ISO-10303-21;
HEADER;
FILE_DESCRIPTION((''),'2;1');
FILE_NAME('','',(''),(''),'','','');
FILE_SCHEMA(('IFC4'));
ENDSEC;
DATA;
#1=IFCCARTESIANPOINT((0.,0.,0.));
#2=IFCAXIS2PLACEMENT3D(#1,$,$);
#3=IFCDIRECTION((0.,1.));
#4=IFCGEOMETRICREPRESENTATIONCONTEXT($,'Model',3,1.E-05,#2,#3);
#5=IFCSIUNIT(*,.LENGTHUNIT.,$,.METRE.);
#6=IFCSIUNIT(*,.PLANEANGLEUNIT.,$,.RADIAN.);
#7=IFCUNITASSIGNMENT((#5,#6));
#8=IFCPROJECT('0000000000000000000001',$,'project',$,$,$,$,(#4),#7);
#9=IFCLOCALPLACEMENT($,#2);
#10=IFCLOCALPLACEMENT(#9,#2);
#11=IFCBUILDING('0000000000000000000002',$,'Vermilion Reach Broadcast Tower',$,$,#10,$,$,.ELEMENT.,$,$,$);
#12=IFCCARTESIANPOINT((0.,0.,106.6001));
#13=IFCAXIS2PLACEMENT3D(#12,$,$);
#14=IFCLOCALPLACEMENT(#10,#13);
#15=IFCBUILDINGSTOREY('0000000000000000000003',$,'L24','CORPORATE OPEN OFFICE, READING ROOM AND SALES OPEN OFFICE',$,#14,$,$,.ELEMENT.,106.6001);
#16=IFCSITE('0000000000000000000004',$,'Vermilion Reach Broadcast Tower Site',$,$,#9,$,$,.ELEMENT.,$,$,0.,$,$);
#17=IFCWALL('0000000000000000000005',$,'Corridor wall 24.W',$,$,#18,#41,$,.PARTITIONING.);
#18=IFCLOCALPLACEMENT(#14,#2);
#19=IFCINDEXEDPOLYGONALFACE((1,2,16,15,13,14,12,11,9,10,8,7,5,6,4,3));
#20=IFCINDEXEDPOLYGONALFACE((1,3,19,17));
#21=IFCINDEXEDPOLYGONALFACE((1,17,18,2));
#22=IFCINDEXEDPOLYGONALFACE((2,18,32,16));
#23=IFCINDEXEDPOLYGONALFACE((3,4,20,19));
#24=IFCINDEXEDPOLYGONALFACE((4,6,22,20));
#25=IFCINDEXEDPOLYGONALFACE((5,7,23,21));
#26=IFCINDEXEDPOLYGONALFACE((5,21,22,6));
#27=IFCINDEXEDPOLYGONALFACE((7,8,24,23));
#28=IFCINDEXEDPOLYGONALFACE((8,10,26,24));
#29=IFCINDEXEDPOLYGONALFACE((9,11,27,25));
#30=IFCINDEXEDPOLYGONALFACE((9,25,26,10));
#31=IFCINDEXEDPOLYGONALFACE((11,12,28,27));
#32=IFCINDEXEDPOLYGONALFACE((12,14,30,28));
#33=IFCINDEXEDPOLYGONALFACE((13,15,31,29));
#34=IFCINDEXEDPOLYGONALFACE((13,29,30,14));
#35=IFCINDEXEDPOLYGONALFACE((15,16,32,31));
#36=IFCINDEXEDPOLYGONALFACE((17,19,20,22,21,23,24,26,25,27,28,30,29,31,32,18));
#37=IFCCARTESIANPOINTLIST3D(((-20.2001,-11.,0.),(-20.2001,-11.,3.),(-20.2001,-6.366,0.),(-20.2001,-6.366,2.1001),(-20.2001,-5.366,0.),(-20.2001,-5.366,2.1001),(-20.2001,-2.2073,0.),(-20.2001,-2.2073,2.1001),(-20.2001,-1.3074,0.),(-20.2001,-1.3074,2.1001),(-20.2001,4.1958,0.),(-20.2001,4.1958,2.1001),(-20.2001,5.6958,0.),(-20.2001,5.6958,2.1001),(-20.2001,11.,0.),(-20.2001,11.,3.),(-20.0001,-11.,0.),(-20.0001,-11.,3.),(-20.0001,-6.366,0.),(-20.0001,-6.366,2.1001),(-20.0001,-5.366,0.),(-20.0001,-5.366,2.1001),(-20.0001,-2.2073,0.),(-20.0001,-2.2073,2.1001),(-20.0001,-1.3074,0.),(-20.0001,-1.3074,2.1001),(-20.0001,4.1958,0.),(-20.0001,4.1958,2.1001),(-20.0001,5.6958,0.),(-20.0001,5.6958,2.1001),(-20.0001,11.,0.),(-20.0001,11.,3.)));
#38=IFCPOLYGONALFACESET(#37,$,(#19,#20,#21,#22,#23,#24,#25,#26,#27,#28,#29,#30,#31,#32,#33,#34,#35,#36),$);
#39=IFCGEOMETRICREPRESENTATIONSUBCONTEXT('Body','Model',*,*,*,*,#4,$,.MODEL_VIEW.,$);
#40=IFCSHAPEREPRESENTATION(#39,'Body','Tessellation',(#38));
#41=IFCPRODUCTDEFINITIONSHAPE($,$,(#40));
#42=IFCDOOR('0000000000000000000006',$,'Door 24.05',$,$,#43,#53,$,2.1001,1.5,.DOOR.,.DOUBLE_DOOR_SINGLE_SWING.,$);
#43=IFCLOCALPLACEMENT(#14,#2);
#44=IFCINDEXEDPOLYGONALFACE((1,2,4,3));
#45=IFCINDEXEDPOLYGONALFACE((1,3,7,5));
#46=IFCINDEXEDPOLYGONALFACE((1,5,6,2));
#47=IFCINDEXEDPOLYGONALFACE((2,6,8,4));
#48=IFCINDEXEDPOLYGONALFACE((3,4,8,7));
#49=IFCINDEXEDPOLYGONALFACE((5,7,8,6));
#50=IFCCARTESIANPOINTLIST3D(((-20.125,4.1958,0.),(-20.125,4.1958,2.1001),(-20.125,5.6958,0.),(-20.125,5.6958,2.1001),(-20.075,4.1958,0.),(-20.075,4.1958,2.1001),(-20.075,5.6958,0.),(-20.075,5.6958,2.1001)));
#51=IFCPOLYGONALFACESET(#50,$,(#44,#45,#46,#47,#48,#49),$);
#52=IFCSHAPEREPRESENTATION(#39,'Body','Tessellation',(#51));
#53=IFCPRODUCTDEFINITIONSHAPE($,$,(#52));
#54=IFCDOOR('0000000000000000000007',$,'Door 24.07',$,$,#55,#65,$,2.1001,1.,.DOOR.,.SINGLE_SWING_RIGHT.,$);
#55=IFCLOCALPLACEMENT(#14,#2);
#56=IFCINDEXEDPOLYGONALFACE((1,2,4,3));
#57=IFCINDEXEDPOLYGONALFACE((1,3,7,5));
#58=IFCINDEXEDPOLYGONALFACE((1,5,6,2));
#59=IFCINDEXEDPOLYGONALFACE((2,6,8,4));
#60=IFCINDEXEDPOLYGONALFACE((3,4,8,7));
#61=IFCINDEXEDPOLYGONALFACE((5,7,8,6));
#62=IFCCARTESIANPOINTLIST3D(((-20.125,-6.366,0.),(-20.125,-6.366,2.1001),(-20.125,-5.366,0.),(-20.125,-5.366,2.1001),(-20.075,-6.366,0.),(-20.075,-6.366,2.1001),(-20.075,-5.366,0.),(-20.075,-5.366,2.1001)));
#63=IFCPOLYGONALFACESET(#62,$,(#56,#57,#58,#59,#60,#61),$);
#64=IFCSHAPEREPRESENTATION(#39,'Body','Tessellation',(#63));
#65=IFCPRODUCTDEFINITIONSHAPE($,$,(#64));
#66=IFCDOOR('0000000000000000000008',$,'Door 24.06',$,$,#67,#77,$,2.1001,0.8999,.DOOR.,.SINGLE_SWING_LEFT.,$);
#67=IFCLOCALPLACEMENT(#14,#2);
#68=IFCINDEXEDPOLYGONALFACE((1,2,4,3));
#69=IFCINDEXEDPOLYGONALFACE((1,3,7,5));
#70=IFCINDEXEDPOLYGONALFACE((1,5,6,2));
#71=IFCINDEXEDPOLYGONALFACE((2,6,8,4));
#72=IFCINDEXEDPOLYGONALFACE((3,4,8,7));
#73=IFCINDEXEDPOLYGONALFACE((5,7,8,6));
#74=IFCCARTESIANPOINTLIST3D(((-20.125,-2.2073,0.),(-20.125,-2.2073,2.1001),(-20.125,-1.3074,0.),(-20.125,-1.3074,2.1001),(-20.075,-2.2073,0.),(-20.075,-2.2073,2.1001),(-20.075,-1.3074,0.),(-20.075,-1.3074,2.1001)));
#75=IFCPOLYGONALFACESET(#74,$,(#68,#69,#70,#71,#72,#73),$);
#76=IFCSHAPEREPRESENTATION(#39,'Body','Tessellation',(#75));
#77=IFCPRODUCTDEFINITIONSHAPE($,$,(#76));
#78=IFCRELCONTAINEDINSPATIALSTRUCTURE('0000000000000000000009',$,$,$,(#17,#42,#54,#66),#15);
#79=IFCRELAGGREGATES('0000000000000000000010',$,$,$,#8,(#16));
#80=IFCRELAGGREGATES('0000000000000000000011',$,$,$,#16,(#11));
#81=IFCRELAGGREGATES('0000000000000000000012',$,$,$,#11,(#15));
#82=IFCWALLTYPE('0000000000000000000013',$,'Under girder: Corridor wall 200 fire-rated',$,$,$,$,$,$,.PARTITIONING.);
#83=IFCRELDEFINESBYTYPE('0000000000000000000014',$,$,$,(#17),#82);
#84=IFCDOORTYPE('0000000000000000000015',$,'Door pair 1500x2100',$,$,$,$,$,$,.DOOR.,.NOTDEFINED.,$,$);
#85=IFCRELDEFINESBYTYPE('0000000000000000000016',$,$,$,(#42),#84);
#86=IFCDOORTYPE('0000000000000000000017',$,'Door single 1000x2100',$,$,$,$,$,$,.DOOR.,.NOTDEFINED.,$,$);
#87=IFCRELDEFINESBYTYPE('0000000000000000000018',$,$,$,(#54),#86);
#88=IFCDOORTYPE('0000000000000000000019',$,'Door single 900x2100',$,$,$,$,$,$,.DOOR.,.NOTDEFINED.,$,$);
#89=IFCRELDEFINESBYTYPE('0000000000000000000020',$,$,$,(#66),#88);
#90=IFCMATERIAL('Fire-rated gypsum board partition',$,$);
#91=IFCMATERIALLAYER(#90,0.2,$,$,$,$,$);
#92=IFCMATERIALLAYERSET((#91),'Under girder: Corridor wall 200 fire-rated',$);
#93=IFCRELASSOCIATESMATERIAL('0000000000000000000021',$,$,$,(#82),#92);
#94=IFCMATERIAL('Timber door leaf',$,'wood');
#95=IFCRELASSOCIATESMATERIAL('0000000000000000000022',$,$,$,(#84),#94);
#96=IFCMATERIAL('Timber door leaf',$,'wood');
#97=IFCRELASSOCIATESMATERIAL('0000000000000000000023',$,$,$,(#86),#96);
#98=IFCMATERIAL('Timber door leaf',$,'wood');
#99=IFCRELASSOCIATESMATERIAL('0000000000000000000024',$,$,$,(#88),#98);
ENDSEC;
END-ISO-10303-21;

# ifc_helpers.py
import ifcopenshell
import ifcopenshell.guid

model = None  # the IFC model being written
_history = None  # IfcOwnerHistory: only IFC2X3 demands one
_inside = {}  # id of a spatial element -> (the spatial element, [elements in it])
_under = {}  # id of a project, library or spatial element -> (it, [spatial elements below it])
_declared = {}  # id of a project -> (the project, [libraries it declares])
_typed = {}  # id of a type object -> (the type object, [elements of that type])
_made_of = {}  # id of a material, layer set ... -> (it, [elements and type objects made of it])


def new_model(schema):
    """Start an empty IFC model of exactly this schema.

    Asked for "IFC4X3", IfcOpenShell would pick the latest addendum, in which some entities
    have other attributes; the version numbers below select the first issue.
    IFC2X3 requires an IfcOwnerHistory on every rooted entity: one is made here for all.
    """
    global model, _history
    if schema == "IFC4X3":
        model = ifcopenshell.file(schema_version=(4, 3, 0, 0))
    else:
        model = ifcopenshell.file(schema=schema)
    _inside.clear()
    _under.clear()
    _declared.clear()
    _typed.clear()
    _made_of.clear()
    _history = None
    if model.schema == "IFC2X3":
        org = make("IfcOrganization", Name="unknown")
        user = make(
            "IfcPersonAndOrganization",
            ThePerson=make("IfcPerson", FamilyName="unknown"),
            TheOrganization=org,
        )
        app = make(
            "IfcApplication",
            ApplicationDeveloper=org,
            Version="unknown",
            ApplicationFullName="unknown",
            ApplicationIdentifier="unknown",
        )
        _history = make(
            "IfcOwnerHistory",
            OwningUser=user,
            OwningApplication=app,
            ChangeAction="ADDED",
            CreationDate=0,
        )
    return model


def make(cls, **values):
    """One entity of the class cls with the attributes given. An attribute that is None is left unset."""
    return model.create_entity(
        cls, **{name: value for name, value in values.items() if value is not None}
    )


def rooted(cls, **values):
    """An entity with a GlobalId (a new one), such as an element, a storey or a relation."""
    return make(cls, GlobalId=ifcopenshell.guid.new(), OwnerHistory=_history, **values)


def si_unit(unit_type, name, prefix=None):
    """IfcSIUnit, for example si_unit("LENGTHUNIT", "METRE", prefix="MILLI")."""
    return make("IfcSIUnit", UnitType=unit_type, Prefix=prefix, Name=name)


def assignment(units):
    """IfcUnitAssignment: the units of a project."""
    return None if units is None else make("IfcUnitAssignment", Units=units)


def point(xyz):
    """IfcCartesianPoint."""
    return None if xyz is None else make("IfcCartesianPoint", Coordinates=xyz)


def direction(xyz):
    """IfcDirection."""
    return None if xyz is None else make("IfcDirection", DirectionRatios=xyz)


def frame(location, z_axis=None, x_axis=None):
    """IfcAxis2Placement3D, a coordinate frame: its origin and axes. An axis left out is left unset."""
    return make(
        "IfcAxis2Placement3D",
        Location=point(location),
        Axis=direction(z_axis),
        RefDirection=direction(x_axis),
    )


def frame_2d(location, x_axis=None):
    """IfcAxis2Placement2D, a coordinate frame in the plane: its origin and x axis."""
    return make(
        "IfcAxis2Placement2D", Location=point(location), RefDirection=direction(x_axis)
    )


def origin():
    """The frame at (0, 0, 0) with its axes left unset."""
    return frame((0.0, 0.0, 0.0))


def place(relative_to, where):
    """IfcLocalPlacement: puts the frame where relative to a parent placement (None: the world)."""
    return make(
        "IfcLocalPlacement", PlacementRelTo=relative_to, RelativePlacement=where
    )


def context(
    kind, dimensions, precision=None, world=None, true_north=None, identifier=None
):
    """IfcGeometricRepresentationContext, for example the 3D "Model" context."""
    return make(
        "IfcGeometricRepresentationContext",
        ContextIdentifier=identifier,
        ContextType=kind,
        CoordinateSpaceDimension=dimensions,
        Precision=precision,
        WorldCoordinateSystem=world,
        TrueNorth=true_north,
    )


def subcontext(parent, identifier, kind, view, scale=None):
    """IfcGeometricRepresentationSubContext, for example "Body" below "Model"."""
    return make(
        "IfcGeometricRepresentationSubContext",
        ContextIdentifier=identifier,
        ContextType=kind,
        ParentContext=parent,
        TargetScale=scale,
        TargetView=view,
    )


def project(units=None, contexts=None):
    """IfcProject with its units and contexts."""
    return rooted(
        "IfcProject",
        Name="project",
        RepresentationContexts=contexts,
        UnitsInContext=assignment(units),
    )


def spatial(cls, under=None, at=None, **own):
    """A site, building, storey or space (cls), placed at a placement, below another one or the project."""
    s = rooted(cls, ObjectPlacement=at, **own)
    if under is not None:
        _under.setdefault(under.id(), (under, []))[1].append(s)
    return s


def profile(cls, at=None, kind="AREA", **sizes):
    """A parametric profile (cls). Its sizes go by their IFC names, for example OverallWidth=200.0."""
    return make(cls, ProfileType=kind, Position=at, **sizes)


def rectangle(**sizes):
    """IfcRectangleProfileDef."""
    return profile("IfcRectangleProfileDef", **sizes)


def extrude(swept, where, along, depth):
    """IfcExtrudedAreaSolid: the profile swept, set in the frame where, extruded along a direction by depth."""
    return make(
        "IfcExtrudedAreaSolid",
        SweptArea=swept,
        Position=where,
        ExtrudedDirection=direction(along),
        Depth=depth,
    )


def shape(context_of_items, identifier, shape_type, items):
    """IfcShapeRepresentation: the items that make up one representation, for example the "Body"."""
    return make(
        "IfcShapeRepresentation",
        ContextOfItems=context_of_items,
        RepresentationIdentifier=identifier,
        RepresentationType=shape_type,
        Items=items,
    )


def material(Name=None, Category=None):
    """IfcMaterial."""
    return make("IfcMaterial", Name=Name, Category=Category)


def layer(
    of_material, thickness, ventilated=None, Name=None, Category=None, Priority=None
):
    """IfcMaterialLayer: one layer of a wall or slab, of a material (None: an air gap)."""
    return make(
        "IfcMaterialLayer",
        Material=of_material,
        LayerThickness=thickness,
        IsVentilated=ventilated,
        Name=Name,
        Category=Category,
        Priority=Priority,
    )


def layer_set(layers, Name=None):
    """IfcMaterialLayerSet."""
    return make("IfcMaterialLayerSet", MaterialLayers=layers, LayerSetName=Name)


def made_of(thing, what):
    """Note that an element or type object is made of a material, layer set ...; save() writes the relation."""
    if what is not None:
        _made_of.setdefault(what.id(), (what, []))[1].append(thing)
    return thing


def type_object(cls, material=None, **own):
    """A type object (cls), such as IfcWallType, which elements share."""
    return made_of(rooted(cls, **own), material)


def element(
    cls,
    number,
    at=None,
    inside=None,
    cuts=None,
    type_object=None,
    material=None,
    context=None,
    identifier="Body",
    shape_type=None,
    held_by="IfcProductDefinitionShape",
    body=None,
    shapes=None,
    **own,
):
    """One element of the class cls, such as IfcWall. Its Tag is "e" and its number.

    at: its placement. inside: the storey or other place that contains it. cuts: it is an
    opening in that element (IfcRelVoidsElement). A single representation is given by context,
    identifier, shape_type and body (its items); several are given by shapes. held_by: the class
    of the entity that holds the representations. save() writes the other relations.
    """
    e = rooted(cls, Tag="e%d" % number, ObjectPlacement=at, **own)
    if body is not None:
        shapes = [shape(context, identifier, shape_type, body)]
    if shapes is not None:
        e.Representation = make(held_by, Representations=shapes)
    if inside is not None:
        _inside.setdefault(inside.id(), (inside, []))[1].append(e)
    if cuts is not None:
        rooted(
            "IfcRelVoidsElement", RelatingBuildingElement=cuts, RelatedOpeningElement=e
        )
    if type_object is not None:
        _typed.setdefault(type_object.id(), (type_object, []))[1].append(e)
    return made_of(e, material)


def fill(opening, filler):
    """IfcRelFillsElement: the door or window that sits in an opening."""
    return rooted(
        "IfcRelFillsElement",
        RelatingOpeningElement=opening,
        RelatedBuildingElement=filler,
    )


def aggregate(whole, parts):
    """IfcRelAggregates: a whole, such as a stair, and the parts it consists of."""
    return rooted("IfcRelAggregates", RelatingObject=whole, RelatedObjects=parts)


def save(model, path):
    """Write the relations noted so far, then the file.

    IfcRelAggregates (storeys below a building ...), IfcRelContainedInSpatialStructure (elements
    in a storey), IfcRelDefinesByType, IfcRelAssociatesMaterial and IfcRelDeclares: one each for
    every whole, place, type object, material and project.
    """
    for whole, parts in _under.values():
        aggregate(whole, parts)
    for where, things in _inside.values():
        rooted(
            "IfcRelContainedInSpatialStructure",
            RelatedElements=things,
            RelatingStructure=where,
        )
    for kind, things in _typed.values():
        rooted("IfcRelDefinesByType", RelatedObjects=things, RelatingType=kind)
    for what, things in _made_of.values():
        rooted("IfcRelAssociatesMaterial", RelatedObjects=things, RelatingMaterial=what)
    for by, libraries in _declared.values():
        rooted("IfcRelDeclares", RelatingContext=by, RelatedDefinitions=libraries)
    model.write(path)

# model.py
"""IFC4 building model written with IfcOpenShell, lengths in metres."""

from ifc_helpers import new_model, si_unit, direction, frame, frame_2d, origin, place, context, subcontext, project, spatial, rectangle, extrude, material, layer, layer_set, type_object, element, fill, save


model = new_model("IFC4")

# Units and contexts
model_context = context("Model", 3, precision=1e-05, world=origin(), true_north=direction((0.0, 1.0)))
body_context = subcontext(model_context, "Body", "Model", "MODEL_VIEW")
ifc_project = project(units=[si_unit("LENGTHUNIT", "METRE"), si_unit("PLANEANGLEUNIT", "RADIAN")], contexts=[model_context])

# Site, building, storey
site_placement = place(None, origin())
site = spatial("IfcSite", under=ifc_project, at=site_placement, Name="Vermilion Reach Broadcast Tower Site", CompositionType="ELEMENT", RefElevation=0.0)
building_placement = place(site_placement, origin())
building = spatial("IfcBuilding", under=site, at=building_placement, Name="Vermilion Reach Broadcast Tower", CompositionType="ELEMENT")
storey_placement = place(building_placement, frame((0.0, 0.0, 106.6001)))
storey = spatial("IfcBuildingStorey", under=building, at=storey_placement, Name="L24", Description="CORPORATE OPEN OFFICE, READING ROOM AND SALES OPEN OFFICE", CompositionType="ELEMENT", Elevation=106.6001)

# Wall, openings, doors
ifc_material_1 = material(Name="Fire-rated gypsum board partition")
ifc_layer_1 = layer(ifc_material_1, 0.2)
ifc_layer_set_1 = layer_set([ifc_layer_1], Name="Under girder: Corridor wall 200 fire-rated")
wall_type_1 = type_object("IfcWallType", Name="Under girder: Corridor wall 200 fire-rated", PredefinedType="PARTITIONING", material=ifc_layer_set_1)
wall_1_placement = place(storey_placement, frame((-20.1001, -11.0, 0.0), z_axis=(0.0, 0.0, 1.0), x_axis=(0.0, 1.0, 0.0)))
wall_1 = element("IfcWall", 1, at=wall_1_placement, inside=storey, type_object=wall_type_1, Name="Corridor wall 24.W", PredefinedType="PARTITIONING", context=body_context, shape_type="SweptSolid", body=[
    extrude(rectangle(XDim=22.0, YDim=0.2, at=frame_2d((11.0, 0.0))), origin(), (0.0, 0.0, 1.0), 3.0),
])
opening_1_placement = place(wall_1_placement, frame((15.1958, 0.0, 0.0)))
opening_1 = element("IfcOpeningElement", 2, at=opening_1_placement, cuts=wall_1, PredefinedType="OPENING", context=body_context, shape_type="SweptSolid", body=[
    extrude(rectangle(XDim=1.5, YDim=2.1001, at=frame_2d((0.75, 1.05))), frame((0.0, 0.1099, 0.0), z_axis=(0.0, -1.0, 0.0), x_axis=(1.0, 0.0, 0.0)), (0.0, 0.0, 1.0), 0.22),
])
opening_2_placement = place(wall_1_placement, frame((8.7927, 0.0, 0.0)))
opening_2 = element("IfcOpeningElement", 3, at=opening_2_placement, cuts=wall_1, PredefinedType="OPENING", context=body_context, shape_type="SweptSolid", body=[
    extrude(rectangle(XDim=0.8999, YDim=2.1001, at=frame_2d((0.45, 1.05))), frame((0.0, 0.1099, 0.0), z_axis=(0.0, -1.0, 0.0), x_axis=(1.0, 0.0, 0.0)), (0.0, 0.0, 1.0), 0.22),
])
opening_3_placement = place(wall_1_placement, frame((4.634, 0.0, 0.0)))
opening_3 = element("IfcOpeningElement", 4, at=opening_3_placement, cuts=wall_1, PredefinedType="OPENING", context=body_context, shape_type="SweptSolid", body=[
    extrude(rectangle(XDim=1.0, YDim=2.1001, at=frame_2d((0.5, 1.05))), frame((0.0, 0.1099, 0.0), z_axis=(0.0, -1.0, 0.0), x_axis=(1.0, 0.0, 0.0)), (0.0, 0.0, 1.0), 0.22),
])
ifc_material_2 = material(Name="Timber door leaf", Category="wood")
door_type_1 = type_object("IfcDoorType", Name="Door pair 1500x2100", OperationType="NOTDEFINED", PredefinedType="DOOR", material=ifc_material_2)
door_1_placement = place(opening_1_placement, origin())
door_1 = element("IfcDoor", 5, at=door_1_placement, inside=storey, type_object=door_type_1, Name="Door 24.05", OperationType="DOUBLE_DOOR_SINGLE_SWING", OverallHeight=2.1001, OverallWidth=1.5, PredefinedType="DOOR", context=body_context, shape_type="SweptSolid", body=[
    extrude(rectangle(XDim=1.5, YDim=2.1001, at=frame_2d((0.75, 1.05))), frame((0.0, 0.0249, 0.0), z_axis=(0.0, -1.0, 0.0), x_axis=(1.0, 0.0, 0.0)), (0.0, 0.0, 1.0), 0.05),
])
fill(opening_1, door_1)
ifc_material_3 = material(Name="Timber door leaf", Category="wood")
door_type_2 = type_object("IfcDoorType", Name="Door single 1000x2100", OperationType="NOTDEFINED", PredefinedType="DOOR", material=ifc_material_3)
door_2_placement = place(opening_3_placement, origin())
door_2 = element("IfcDoor", 6, at=door_2_placement, inside=storey, type_object=door_type_2, Name="Door 24.07", OperationType="SINGLE_SWING_RIGHT", OverallHeight=2.1001, OverallWidth=1.0, PredefinedType="DOOR", context=body_context, shape_type="SweptSolid", body=[
    extrude(rectangle(XDim=1.0, YDim=2.1001, at=frame_2d((0.5, 1.05))), frame((0.0, 0.0249, 0.0), z_axis=(0.0, -1.0, 0.0), x_axis=(1.0, 0.0, 0.0)), (0.0, 0.0, 1.0), 0.05),
])
fill(opening_3, door_2)
ifc_material_4 = material(Name="Timber door leaf", Category="wood")
door_type_3 = type_object("IfcDoorType", Name="Door single 900x2100", OperationType="NOTDEFINED", PredefinedType="DOOR", material=ifc_material_4)
door_3_placement = place(opening_2_placement, origin())
door_3 = element("IfcDoor", 7, at=door_3_placement, inside=storey, type_object=door_type_3, Name="Door 24.06", OperationType="SINGLE_SWING_LEFT", OverallHeight=2.1001, OverallWidth=0.8999, PredefinedType="DOOR", context=body_context, shape_type="SweptSolid", body=[
    extrude(rectangle(XDim=0.8999, YDim=2.1001, at=frame_2d((0.45, 1.05))), frame((0.0, 0.0249, 0.0), z_axis=(0.0, -1.0, 0.0), x_axis=(1.0, 0.0, 0.0)), (0.0, 0.0, 1.0), 0.05),
])
fill(opening_2, door_3)

save(model, "model.ifc")
